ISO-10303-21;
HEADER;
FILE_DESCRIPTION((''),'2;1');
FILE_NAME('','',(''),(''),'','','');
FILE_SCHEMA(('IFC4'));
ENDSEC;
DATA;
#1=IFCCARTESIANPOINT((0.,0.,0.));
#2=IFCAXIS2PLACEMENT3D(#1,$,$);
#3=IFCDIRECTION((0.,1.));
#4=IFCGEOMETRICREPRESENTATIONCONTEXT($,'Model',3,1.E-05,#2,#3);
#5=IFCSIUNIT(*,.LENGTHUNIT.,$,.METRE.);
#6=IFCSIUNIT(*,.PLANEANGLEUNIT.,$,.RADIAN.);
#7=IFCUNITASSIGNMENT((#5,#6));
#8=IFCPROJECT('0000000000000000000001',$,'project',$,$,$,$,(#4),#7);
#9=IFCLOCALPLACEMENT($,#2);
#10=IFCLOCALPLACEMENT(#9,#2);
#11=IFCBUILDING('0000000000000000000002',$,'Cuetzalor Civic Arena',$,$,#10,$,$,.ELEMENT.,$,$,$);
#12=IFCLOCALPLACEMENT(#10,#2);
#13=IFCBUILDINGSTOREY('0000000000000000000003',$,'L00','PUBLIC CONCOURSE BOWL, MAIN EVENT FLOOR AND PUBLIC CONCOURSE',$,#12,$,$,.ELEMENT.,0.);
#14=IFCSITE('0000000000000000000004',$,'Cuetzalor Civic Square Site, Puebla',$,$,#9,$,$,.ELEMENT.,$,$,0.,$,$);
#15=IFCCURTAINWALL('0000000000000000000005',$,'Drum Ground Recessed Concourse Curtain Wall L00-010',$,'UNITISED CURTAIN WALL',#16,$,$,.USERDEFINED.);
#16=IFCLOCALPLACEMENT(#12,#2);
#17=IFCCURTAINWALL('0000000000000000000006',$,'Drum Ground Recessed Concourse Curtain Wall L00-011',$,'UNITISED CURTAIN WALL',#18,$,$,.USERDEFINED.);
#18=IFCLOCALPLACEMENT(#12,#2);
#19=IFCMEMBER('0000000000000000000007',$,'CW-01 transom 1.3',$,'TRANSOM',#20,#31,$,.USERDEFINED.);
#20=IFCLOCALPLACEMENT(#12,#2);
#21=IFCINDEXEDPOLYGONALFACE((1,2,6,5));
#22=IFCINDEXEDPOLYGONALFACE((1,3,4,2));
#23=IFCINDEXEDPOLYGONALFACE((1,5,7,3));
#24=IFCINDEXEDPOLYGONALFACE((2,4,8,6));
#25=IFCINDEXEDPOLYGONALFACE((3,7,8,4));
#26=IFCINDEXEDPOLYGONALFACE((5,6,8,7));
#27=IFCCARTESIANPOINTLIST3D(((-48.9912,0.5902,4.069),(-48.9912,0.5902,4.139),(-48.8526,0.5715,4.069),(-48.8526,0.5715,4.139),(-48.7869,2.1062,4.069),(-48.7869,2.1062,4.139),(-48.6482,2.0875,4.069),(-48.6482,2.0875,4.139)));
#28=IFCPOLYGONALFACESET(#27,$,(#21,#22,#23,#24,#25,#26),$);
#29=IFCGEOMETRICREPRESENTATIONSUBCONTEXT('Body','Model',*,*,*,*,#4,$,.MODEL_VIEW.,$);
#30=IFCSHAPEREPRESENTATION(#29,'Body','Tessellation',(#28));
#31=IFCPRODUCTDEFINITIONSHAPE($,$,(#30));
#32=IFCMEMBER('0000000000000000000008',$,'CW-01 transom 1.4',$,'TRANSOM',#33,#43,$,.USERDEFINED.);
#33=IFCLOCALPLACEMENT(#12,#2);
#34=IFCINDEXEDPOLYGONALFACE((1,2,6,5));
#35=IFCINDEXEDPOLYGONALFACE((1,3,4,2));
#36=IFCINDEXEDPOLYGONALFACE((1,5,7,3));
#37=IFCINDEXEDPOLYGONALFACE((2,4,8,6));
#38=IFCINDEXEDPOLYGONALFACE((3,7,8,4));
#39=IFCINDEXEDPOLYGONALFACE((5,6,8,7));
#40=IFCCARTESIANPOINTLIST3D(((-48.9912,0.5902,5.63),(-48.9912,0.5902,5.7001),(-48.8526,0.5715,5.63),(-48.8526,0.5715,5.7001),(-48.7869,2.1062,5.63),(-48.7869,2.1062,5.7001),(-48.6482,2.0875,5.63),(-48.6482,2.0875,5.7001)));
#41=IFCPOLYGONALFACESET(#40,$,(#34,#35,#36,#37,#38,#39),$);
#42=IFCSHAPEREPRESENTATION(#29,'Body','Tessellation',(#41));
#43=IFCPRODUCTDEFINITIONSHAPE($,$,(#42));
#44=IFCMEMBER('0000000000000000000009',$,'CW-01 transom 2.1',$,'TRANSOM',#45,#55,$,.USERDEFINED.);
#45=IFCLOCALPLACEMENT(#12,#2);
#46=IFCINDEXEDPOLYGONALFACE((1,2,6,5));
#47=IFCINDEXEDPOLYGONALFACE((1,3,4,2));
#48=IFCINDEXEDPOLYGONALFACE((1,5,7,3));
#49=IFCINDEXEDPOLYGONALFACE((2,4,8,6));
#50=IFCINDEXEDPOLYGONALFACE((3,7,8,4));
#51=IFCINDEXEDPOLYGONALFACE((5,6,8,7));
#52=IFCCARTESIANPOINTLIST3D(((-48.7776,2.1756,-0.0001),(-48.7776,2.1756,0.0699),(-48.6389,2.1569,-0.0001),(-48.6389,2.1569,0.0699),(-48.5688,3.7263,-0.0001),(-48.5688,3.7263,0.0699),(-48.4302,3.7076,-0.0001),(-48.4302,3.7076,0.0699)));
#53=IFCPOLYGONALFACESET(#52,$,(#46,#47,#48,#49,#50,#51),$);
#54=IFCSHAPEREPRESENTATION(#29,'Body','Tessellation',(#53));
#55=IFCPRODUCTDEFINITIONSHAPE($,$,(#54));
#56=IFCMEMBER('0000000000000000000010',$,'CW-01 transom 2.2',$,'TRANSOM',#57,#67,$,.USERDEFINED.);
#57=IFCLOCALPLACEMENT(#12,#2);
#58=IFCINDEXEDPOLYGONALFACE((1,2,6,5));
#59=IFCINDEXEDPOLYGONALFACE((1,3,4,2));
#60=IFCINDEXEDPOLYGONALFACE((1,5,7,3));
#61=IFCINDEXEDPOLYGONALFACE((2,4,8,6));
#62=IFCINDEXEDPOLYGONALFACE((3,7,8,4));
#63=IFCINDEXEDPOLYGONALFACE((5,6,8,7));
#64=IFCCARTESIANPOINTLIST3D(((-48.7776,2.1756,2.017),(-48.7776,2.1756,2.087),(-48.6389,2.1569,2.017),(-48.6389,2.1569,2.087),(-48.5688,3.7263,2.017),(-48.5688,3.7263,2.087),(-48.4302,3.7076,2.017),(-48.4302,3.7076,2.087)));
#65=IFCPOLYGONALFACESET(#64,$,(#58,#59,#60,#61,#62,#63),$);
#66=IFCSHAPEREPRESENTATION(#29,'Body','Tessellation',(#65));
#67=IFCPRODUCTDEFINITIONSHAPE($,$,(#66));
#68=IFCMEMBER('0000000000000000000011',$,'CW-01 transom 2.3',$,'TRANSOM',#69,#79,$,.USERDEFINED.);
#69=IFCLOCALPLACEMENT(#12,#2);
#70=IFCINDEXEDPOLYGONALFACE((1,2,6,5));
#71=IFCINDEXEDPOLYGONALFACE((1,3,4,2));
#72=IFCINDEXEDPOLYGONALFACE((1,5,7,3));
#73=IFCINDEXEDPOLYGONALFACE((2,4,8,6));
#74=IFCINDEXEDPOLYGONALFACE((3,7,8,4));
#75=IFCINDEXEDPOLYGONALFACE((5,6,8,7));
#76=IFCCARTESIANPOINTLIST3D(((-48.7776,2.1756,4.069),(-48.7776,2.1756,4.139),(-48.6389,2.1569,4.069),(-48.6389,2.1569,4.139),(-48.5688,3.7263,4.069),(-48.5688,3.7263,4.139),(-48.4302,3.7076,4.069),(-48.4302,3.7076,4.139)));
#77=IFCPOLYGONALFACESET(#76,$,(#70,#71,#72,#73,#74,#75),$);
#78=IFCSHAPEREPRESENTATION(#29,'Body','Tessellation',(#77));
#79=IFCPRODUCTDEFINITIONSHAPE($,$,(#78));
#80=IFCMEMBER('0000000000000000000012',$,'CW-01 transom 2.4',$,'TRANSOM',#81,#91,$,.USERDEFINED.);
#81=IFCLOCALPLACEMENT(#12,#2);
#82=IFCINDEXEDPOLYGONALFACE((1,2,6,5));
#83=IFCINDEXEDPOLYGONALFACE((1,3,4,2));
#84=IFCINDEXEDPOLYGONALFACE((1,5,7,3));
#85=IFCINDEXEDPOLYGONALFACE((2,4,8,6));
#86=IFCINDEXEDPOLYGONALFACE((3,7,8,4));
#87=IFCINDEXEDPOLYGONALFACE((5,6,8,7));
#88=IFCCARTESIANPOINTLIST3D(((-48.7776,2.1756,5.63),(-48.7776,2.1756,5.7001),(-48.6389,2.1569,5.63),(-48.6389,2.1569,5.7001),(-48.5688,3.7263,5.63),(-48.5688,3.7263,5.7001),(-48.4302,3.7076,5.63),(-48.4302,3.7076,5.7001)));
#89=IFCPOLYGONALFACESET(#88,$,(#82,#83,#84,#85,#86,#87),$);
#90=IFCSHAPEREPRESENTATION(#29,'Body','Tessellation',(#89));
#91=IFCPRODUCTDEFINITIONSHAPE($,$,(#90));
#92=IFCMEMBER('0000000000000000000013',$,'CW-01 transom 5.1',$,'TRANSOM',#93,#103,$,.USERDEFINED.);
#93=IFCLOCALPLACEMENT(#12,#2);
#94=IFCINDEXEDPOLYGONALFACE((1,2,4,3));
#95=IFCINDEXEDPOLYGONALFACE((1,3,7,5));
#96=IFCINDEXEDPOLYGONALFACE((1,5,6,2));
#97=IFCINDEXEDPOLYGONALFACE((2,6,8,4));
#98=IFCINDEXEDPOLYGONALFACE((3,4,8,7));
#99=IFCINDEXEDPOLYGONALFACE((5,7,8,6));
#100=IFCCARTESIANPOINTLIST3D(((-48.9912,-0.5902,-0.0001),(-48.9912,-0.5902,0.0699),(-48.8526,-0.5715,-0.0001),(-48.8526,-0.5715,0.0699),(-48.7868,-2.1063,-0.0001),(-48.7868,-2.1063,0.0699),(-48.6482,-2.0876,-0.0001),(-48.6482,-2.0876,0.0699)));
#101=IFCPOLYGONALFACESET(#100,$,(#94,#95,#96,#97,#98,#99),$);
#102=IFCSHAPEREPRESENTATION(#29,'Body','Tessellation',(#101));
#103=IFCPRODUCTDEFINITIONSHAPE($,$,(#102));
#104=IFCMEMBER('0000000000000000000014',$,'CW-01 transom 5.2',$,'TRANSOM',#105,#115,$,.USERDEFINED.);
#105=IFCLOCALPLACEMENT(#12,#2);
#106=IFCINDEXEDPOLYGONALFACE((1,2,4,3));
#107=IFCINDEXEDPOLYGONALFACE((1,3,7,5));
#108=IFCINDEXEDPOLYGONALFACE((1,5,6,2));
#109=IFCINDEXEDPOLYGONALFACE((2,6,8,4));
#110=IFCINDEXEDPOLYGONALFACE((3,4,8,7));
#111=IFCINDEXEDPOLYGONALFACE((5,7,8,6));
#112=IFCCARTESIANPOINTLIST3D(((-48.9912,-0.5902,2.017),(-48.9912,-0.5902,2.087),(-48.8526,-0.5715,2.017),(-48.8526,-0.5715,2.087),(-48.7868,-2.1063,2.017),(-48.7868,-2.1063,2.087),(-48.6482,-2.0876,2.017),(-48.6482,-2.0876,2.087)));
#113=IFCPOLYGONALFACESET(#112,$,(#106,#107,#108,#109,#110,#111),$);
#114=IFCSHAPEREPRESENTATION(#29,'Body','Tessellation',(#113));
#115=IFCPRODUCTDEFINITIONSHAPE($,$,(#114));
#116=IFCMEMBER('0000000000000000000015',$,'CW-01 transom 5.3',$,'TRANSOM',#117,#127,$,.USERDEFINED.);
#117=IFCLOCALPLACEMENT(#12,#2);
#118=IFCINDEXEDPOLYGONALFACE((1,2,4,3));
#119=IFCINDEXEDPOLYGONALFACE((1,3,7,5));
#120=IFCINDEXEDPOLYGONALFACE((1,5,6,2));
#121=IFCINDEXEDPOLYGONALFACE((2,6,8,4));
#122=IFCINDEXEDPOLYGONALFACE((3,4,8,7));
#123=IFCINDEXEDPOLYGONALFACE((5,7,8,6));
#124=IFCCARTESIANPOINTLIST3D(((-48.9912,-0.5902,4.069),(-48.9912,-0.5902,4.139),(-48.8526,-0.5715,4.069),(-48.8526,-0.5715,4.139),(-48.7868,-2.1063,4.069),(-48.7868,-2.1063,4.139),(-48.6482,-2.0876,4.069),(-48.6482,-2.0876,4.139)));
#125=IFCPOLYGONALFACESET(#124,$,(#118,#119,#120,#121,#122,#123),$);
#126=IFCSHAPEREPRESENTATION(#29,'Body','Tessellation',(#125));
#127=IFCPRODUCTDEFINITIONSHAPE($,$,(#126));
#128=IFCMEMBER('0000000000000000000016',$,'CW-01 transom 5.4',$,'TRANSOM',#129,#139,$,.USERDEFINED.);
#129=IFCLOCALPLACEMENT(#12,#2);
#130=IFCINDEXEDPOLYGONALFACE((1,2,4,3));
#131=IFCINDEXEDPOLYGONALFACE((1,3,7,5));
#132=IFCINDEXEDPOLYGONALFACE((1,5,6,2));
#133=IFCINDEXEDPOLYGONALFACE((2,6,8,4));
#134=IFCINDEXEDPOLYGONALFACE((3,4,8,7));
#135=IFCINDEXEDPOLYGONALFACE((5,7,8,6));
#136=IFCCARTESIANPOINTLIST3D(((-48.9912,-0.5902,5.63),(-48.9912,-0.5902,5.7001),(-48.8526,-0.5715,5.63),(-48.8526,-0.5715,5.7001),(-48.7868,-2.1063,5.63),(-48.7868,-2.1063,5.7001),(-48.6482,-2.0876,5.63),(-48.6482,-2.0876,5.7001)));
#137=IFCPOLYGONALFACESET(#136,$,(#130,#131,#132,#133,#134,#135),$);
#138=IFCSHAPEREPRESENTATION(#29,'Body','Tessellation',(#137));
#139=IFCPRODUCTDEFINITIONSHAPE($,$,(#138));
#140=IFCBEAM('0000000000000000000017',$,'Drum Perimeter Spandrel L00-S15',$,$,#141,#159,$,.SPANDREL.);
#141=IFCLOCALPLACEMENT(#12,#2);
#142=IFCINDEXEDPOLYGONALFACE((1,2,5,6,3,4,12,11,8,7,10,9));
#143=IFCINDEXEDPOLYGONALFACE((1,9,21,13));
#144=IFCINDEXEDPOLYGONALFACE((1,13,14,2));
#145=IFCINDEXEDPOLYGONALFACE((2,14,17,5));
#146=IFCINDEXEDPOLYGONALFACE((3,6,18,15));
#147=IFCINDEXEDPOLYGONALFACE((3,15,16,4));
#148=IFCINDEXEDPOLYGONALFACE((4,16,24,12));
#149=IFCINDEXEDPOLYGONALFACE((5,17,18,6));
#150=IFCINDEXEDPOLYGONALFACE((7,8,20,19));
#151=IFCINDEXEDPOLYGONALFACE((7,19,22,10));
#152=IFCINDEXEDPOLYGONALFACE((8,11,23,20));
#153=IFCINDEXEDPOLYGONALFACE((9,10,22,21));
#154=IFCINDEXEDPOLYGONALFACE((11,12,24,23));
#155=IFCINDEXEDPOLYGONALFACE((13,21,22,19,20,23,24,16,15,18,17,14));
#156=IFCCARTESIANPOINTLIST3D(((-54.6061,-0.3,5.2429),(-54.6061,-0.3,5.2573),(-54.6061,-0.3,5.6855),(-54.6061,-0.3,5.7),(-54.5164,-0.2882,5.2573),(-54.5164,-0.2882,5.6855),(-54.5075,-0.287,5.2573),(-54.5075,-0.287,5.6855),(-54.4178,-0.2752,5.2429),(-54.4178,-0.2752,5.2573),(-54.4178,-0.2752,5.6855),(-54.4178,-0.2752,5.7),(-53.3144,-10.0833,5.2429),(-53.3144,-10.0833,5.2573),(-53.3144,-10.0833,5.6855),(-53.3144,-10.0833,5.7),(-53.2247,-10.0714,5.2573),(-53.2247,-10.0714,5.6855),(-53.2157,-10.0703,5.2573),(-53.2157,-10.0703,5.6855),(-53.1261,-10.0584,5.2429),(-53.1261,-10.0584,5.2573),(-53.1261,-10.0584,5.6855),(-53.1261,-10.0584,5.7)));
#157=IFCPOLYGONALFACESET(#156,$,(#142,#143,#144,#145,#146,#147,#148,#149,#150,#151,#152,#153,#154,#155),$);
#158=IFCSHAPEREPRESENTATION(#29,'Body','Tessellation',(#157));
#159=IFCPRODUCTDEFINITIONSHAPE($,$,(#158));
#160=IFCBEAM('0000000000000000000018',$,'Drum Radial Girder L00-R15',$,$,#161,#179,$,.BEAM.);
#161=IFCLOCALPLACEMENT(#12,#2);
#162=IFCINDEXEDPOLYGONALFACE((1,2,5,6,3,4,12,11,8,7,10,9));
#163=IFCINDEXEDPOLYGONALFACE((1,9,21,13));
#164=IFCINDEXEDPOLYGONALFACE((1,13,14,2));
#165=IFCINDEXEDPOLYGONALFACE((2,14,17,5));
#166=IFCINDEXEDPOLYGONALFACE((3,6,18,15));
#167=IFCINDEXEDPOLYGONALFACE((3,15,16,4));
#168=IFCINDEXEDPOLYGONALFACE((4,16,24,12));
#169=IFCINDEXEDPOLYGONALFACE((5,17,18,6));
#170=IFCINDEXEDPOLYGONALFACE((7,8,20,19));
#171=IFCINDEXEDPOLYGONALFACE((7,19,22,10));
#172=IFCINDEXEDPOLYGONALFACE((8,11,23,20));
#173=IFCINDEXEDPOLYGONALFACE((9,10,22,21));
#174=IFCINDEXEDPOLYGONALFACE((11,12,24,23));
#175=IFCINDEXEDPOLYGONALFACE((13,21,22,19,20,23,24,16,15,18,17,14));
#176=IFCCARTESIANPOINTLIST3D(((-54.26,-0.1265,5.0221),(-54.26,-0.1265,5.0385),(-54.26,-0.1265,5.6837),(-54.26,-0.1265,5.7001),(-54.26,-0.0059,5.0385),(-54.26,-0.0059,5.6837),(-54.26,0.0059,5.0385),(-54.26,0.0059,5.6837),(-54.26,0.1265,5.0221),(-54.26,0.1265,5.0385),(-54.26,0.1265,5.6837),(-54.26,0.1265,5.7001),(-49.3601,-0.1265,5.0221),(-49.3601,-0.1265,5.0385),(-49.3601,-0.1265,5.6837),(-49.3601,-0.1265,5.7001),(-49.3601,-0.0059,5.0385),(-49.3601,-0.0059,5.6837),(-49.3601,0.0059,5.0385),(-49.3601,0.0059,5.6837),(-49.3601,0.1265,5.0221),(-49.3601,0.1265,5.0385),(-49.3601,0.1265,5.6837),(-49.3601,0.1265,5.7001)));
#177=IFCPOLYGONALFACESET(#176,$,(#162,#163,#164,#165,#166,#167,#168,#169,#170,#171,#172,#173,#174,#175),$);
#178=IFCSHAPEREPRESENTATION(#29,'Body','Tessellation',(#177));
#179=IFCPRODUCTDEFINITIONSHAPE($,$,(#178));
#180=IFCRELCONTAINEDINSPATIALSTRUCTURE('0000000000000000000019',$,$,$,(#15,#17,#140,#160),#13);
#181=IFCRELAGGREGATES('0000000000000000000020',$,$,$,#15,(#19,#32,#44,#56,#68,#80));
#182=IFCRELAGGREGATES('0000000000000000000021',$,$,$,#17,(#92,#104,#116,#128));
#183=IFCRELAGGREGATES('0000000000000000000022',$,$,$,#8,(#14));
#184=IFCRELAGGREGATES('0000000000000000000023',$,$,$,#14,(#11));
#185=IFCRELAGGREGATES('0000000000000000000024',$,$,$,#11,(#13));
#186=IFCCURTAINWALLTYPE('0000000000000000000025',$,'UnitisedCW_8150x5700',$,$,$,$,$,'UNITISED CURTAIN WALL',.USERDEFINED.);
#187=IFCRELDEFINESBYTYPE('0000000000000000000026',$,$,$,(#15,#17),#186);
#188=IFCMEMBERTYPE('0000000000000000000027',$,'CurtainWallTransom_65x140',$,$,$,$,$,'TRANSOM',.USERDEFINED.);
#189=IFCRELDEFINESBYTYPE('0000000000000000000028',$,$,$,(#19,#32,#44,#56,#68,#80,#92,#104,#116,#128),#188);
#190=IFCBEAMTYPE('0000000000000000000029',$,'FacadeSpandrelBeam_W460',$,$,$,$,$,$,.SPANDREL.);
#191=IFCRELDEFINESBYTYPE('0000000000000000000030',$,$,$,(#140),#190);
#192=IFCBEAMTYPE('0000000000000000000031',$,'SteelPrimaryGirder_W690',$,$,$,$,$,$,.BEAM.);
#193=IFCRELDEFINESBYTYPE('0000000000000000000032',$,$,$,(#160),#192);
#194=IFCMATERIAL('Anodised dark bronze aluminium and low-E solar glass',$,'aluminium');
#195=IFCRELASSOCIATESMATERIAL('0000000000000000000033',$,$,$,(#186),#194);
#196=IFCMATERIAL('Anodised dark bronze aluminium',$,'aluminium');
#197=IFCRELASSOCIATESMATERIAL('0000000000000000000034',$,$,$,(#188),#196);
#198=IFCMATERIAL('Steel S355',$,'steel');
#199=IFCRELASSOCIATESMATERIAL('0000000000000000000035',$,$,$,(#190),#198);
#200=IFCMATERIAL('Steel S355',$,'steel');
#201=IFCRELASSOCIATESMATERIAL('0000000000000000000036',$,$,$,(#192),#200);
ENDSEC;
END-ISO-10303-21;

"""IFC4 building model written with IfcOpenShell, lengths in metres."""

from ifc_helpers import new_model, si_unit, direction, frame, origin, origin_2d, place, context, subcontext, project, spatial, rectangle, i_section, extrude, material, material_profile, profile_set, type_object, element, aggregate, save


model = new_model("IFC4")

# Units and contexts
model_context = context("Model", 3, precision=1e-05, world=origin(), true_north=direction((0.0, 1.0)))
body_context = subcontext(model_context, "Body", "Model", "MODEL_VIEW")
ifc_project = project(units=[si_unit("LENGTHUNIT", "METRE"), si_unit("PLANEANGLEUNIT", "RADIAN")], contexts=[model_context])

# Site, building, storey
site_placement = place(None, origin())
site = spatial("IfcSite", under=ifc_project, at=site_placement, Name="Cuetzalor Civic Square Site, Puebla", CompositionType="ELEMENT", RefElevation=0.0)
building_placement = place(site_placement, origin())
building = spatial("IfcBuilding", under=site, at=building_placement, Name="Cuetzalor Civic Arena", CompositionType="ELEMENT")
storey_placement = place(building_placement, origin())
storey = spatial("IfcBuildingStorey", under=building, at=storey_placement, Name="L00", Description="PUBLIC CONCOURSE BOWL, MAIN EVENT FLOOR AND PUBLIC CONCOURSE", CompositionType="ELEMENT", Elevation=0.0)

# Curtain walls
ifc_material_1 = material(Name="Anodised dark bronze aluminium and low-E solar glass", Category="aluminium")
curtain_wall_type = type_object("IfcCurtainWallType", Name="UnitisedCW_8150x5700", ElementType="UNITISED CURTAIN WALL", PredefinedType="USERDEFINED", material=ifc_material_1)
curtain_wall_1_placement = place(storey_placement, origin())
curtain_wall_1 = element("IfcCurtainWall", 1, at=curtain_wall_1_placement, inside=storey, type_object=curtain_wall_type, Name="Drum Ground Recessed Concourse Curtain Wall L00-010", ObjectType="UNITISED CURTAIN WALL", PredefinedType="USERDEFINED")
curtain_wall_2_placement = place(storey_placement, origin())
curtain_wall_2 = element("IfcCurtainWall", 2, at=curtain_wall_2_placement, inside=storey, type_object=curtain_wall_type, Name="Drum Ground Recessed Concourse Curtain Wall L00-011", ObjectType="UNITISED CURTAIN WALL", PredefinedType="USERDEFINED")

# Members
ifc_material_2 = material(Name="Anodised dark bronze aluminium", Category="aluminium")
ifc_material_profile_1 = material_profile(ifc_material_2, rectangle(XDim=0.1399, YDim=0.0701, at=origin_2d()), Name="ALU TRANSOM 70x140")
ifc_profile_set_1 = profile_set([ifc_material_profile_1], Name="Anodised dark bronze aluminium")
member_type_1 = type_object("IfcMemberType", Name="CurtainWallTransom_65x140", ElementType="TRANSOM", PredefinedType="USERDEFINED", material=ifc_profile_set_1)
member_1_placement = place(storey_placement, frame((-48.9219, 0.5808, 4.104), z_axis=(0.133575, 0.991039, 0.0), x_axis=(-0.991039, 0.133575, 0.0)))
member_1 = element("IfcMember", 3, at=member_1_placement, type_object=member_type_1, Name="CW-01 transom 1.3", ObjectType="TRANSOM", PredefinedType="USERDEFINED", context=body_context, shape_type="SweptSolid", body=[
    extrude(rectangle(XDim=0.1399, YDim=0.0701, at=origin_2d()), origin(), (0.0, 0.0, 1.0), 1.5298),
])
member_2_placement = place(storey_placement, frame((-48.9219, 0.5808, 5.665), z_axis=(0.133575, 0.991039, 0.0), x_axis=(-0.991039, 0.133575, 0.0)))
member_2 = element("IfcMember", 4, at=member_2_placement, type_object=member_type_1, Name="CW-01 transom 1.4", ObjectType="TRANSOM", PredefinedType="USERDEFINED", context=body_context, shape_type="SweptSolid", body=[
    extrude(rectangle(XDim=0.1399, YDim=0.0701, at=origin_2d()), origin(), (0.0, 0.0, 1.0), 1.5298),
])
member_3_placement = place(storey_placement, frame((-48.7083, 2.1663, 0.0349), z_axis=(0.1334, 0.991062, 0.0), x_axis=(-0.991062, 0.1334, 0.0)))
member_3 = element("IfcMember", 5, at=member_3_placement, type_object=member_type_1, Name="CW-01 transom 2.1", ObjectType="TRANSOM", PredefinedType="USERDEFINED", context=body_context, shape_type="SweptSolid", body=[
    extrude(rectangle(XDim=0.1399, YDim=0.0701, at=origin_2d()), origin(), (0.0, 0.0, 1.0), 1.5647),
])
member_4_placement = place(storey_placement, frame((-48.7083, 2.1663, 2.052), z_axis=(0.1334, 0.991062, 0.0), x_axis=(-0.991062, 0.1334, 0.0)))
member_4 = element("IfcMember", 6, at=member_4_placement, type_object=member_type_1, Name="CW-01 transom 2.2", ObjectType="TRANSOM", PredefinedType="USERDEFINED", context=body_context, shape_type="SweptSolid", body=[
    extrude(rectangle(XDim=0.1399, YDim=0.0701, at=origin_2d()), origin(), (0.0, 0.0, 1.0), 1.5647),
])
member_5_placement = place(storey_placement, frame((-48.7083, 2.1663, 4.104), z_axis=(0.1334, 0.991062, 0.0), x_axis=(-0.991062, 0.1334, 0.0)))
member_5 = element("IfcMember", 7, at=member_5_placement, type_object=member_type_1, Name="CW-01 transom 2.3", ObjectType="TRANSOM", PredefinedType="USERDEFINED", context=body_context, shape_type="SweptSolid", body=[
    extrude(rectangle(XDim=0.1399, YDim=0.0701, at=origin_2d()), origin(), (0.0, 0.0, 1.0), 1.5647),
])
member_6_placement = place(storey_placement, frame((-48.7083, 2.1663, 5.665), z_axis=(0.1334, 0.991062, 0.0), x_axis=(-0.991062, 0.1334, 0.0)))
member_6 = element("IfcMember", 8, at=member_6_placement, type_object=member_type_1, Name="CW-01 transom 2.4", ObjectType="TRANSOM", PredefinedType="USERDEFINED", context=body_context, shape_type="SweptSolid", body=[
    extrude(rectangle(XDim=0.1399, YDim=0.0701, at=origin_2d()), origin(), (0.0, 0.0, 1.0), 1.5647),
])
member_7_placement = place(storey_placement, frame((-48.7175, -2.0969, 0.0349), z_axis=(-0.133575, 0.991039, 0.0), x_axis=(-0.991039, -0.133575, 0.0)))
member_7 = element("IfcMember", 9, at=member_7_placement, type_object=member_type_1, Name="CW-01 transom 5.1", ObjectType="TRANSOM", PredefinedType="USERDEFINED", context=body_context, shape_type="SweptSolid", body=[
    extrude(rectangle(XDim=0.1399, YDim=0.0701, at=origin_2d()), origin(), (0.0, 0.0, 1.0), 1.5298),
])
member_8_placement = place(storey_placement, frame((-48.7175, -2.0969, 2.052), z_axis=(-0.133575, 0.991039, 0.0), x_axis=(-0.991039, -0.133575, 0.0)))
member_8 = element("IfcMember", 10, at=member_8_placement, type_object=member_type_1, Name="CW-01 transom 5.2", ObjectType="TRANSOM", PredefinedType="USERDEFINED", context=body_context, shape_type="SweptSolid", body=[
    extrude(rectangle(XDim=0.1399, YDim=0.0701, at=origin_2d()), origin(), (0.0, 0.0, 1.0), 1.5298),
])
member_9_placement = place(storey_placement, frame((-48.7175, -2.0969, 4.104), z_axis=(-0.133575, 0.991039, 0.0), x_axis=(-0.991039, -0.133575, 0.0)))
member_9 = element("IfcMember", 11, at=member_9_placement, type_object=member_type_1, Name="CW-01 transom 5.3", ObjectType="TRANSOM", PredefinedType="USERDEFINED", context=body_context, shape_type="SweptSolid", body=[
    extrude(rectangle(XDim=0.1399, YDim=0.0701, at=origin_2d()), origin(), (0.0, 0.0, 1.0), 1.5298),
])
member_10_placement = place(storey_placement, frame((-48.7175, -2.0969, 5.665), z_axis=(-0.133575, 0.991039, 0.0), x_axis=(-0.991039, -0.133575, 0.0)))
member_10 = element("IfcMember", 12, at=member_10_placement, type_object=member_type_1, Name="CW-01 transom 5.4", ObjectType="TRANSOM", PredefinedType="USERDEFINED", context=body_context, shape_type="SweptSolid", body=[
    extrude(rectangle(XDim=0.1399, YDim=0.0701, at=origin_2d()), origin(), (0.0, 0.0, 1.0), 1.5298),
])

# Beams
ifc_material_3 = material(Name="Steel S355", Category="steel")
ifc_material_profile_2 = material_profile(ifc_material_3, i_section(OverallWidth=0.1899, OverallDepth=0.457, WebThickness=0.009, FlangeThickness=0.0144, at=origin_2d()), Name="W460x74")
ifc_profile_set_2 = profile_set([ifc_material_profile_2], Name="Steel S355")
beam_type_1 = type_object("IfcBeamType", Name="FacadeSpandrelBeam_W460", PredefinedType="SPANDREL", material=ifc_profile_set_2)
beam_1_placement = place(storey_placement, frame((-54.512, -0.2876, 5.4714), z_axis=(0.130901, -0.991395, 0.0), x_axis=(0.991395, 0.130901, 0.0)))
element("IfcBeam", 13, at=beam_1_placement, inside=storey, type_object=beam_type_1, Name="Drum Perimeter Spandrel L00-S15", PredefinedType="SPANDREL", context=body_context, shape_type="SweptSolid", body=[
    extrude(i_section(OverallWidth=0.1899, OverallDepth=0.457, WebThickness=0.009, FlangeThickness=0.0144, at=origin_2d()), origin(), (0.0, 0.0, 1.0), 9.8682),
])
ifc_material_4 = material(Name="Steel S355", Category="steel")
ifc_material_profile_3 = material_profile(ifc_material_4, i_section(OverallWidth=0.2529, OverallDepth=0.678, WebThickness=0.0117, FlangeThickness=0.0164, at=origin_2d()), Name="W690x125")
ifc_profile_set_3 = profile_set([ifc_material_profile_3], Name="Steel S355")
beam_type_2 = type_object("IfcBeamType", Name="SteelPrimaryGirder_W690", PredefinedType="BEAM", material=ifc_profile_set_3)
beam_2_placement = place(storey_placement, frame((-49.3601, 0.0, 5.3611), z_axis=(-1.0, 0.0, 0.0), x_axis=(0.0, -1.0, 0.0)))
element("IfcBeam", 14, at=beam_2_placement, inside=storey, type_object=beam_type_2, Name="Drum Radial Girder L00-R15", PredefinedType="BEAM", context=body_context, shape_type="SweptSolid", body=[
    extrude(i_section(OverallWidth=0.2529, OverallDepth=0.678, WebThickness=0.0117, FlangeThickness=0.0164, at=origin_2d()), origin(), (0.0, 0.0, 1.0), 4.8999),
])

aggregate(curtain_wall_1, [member_1, member_2, member_3, member_4, member_5, member_6])
aggregate(curtain_wall_2, [member_7, member_8, member_9, member_10])

save(model, "model.ifc")
